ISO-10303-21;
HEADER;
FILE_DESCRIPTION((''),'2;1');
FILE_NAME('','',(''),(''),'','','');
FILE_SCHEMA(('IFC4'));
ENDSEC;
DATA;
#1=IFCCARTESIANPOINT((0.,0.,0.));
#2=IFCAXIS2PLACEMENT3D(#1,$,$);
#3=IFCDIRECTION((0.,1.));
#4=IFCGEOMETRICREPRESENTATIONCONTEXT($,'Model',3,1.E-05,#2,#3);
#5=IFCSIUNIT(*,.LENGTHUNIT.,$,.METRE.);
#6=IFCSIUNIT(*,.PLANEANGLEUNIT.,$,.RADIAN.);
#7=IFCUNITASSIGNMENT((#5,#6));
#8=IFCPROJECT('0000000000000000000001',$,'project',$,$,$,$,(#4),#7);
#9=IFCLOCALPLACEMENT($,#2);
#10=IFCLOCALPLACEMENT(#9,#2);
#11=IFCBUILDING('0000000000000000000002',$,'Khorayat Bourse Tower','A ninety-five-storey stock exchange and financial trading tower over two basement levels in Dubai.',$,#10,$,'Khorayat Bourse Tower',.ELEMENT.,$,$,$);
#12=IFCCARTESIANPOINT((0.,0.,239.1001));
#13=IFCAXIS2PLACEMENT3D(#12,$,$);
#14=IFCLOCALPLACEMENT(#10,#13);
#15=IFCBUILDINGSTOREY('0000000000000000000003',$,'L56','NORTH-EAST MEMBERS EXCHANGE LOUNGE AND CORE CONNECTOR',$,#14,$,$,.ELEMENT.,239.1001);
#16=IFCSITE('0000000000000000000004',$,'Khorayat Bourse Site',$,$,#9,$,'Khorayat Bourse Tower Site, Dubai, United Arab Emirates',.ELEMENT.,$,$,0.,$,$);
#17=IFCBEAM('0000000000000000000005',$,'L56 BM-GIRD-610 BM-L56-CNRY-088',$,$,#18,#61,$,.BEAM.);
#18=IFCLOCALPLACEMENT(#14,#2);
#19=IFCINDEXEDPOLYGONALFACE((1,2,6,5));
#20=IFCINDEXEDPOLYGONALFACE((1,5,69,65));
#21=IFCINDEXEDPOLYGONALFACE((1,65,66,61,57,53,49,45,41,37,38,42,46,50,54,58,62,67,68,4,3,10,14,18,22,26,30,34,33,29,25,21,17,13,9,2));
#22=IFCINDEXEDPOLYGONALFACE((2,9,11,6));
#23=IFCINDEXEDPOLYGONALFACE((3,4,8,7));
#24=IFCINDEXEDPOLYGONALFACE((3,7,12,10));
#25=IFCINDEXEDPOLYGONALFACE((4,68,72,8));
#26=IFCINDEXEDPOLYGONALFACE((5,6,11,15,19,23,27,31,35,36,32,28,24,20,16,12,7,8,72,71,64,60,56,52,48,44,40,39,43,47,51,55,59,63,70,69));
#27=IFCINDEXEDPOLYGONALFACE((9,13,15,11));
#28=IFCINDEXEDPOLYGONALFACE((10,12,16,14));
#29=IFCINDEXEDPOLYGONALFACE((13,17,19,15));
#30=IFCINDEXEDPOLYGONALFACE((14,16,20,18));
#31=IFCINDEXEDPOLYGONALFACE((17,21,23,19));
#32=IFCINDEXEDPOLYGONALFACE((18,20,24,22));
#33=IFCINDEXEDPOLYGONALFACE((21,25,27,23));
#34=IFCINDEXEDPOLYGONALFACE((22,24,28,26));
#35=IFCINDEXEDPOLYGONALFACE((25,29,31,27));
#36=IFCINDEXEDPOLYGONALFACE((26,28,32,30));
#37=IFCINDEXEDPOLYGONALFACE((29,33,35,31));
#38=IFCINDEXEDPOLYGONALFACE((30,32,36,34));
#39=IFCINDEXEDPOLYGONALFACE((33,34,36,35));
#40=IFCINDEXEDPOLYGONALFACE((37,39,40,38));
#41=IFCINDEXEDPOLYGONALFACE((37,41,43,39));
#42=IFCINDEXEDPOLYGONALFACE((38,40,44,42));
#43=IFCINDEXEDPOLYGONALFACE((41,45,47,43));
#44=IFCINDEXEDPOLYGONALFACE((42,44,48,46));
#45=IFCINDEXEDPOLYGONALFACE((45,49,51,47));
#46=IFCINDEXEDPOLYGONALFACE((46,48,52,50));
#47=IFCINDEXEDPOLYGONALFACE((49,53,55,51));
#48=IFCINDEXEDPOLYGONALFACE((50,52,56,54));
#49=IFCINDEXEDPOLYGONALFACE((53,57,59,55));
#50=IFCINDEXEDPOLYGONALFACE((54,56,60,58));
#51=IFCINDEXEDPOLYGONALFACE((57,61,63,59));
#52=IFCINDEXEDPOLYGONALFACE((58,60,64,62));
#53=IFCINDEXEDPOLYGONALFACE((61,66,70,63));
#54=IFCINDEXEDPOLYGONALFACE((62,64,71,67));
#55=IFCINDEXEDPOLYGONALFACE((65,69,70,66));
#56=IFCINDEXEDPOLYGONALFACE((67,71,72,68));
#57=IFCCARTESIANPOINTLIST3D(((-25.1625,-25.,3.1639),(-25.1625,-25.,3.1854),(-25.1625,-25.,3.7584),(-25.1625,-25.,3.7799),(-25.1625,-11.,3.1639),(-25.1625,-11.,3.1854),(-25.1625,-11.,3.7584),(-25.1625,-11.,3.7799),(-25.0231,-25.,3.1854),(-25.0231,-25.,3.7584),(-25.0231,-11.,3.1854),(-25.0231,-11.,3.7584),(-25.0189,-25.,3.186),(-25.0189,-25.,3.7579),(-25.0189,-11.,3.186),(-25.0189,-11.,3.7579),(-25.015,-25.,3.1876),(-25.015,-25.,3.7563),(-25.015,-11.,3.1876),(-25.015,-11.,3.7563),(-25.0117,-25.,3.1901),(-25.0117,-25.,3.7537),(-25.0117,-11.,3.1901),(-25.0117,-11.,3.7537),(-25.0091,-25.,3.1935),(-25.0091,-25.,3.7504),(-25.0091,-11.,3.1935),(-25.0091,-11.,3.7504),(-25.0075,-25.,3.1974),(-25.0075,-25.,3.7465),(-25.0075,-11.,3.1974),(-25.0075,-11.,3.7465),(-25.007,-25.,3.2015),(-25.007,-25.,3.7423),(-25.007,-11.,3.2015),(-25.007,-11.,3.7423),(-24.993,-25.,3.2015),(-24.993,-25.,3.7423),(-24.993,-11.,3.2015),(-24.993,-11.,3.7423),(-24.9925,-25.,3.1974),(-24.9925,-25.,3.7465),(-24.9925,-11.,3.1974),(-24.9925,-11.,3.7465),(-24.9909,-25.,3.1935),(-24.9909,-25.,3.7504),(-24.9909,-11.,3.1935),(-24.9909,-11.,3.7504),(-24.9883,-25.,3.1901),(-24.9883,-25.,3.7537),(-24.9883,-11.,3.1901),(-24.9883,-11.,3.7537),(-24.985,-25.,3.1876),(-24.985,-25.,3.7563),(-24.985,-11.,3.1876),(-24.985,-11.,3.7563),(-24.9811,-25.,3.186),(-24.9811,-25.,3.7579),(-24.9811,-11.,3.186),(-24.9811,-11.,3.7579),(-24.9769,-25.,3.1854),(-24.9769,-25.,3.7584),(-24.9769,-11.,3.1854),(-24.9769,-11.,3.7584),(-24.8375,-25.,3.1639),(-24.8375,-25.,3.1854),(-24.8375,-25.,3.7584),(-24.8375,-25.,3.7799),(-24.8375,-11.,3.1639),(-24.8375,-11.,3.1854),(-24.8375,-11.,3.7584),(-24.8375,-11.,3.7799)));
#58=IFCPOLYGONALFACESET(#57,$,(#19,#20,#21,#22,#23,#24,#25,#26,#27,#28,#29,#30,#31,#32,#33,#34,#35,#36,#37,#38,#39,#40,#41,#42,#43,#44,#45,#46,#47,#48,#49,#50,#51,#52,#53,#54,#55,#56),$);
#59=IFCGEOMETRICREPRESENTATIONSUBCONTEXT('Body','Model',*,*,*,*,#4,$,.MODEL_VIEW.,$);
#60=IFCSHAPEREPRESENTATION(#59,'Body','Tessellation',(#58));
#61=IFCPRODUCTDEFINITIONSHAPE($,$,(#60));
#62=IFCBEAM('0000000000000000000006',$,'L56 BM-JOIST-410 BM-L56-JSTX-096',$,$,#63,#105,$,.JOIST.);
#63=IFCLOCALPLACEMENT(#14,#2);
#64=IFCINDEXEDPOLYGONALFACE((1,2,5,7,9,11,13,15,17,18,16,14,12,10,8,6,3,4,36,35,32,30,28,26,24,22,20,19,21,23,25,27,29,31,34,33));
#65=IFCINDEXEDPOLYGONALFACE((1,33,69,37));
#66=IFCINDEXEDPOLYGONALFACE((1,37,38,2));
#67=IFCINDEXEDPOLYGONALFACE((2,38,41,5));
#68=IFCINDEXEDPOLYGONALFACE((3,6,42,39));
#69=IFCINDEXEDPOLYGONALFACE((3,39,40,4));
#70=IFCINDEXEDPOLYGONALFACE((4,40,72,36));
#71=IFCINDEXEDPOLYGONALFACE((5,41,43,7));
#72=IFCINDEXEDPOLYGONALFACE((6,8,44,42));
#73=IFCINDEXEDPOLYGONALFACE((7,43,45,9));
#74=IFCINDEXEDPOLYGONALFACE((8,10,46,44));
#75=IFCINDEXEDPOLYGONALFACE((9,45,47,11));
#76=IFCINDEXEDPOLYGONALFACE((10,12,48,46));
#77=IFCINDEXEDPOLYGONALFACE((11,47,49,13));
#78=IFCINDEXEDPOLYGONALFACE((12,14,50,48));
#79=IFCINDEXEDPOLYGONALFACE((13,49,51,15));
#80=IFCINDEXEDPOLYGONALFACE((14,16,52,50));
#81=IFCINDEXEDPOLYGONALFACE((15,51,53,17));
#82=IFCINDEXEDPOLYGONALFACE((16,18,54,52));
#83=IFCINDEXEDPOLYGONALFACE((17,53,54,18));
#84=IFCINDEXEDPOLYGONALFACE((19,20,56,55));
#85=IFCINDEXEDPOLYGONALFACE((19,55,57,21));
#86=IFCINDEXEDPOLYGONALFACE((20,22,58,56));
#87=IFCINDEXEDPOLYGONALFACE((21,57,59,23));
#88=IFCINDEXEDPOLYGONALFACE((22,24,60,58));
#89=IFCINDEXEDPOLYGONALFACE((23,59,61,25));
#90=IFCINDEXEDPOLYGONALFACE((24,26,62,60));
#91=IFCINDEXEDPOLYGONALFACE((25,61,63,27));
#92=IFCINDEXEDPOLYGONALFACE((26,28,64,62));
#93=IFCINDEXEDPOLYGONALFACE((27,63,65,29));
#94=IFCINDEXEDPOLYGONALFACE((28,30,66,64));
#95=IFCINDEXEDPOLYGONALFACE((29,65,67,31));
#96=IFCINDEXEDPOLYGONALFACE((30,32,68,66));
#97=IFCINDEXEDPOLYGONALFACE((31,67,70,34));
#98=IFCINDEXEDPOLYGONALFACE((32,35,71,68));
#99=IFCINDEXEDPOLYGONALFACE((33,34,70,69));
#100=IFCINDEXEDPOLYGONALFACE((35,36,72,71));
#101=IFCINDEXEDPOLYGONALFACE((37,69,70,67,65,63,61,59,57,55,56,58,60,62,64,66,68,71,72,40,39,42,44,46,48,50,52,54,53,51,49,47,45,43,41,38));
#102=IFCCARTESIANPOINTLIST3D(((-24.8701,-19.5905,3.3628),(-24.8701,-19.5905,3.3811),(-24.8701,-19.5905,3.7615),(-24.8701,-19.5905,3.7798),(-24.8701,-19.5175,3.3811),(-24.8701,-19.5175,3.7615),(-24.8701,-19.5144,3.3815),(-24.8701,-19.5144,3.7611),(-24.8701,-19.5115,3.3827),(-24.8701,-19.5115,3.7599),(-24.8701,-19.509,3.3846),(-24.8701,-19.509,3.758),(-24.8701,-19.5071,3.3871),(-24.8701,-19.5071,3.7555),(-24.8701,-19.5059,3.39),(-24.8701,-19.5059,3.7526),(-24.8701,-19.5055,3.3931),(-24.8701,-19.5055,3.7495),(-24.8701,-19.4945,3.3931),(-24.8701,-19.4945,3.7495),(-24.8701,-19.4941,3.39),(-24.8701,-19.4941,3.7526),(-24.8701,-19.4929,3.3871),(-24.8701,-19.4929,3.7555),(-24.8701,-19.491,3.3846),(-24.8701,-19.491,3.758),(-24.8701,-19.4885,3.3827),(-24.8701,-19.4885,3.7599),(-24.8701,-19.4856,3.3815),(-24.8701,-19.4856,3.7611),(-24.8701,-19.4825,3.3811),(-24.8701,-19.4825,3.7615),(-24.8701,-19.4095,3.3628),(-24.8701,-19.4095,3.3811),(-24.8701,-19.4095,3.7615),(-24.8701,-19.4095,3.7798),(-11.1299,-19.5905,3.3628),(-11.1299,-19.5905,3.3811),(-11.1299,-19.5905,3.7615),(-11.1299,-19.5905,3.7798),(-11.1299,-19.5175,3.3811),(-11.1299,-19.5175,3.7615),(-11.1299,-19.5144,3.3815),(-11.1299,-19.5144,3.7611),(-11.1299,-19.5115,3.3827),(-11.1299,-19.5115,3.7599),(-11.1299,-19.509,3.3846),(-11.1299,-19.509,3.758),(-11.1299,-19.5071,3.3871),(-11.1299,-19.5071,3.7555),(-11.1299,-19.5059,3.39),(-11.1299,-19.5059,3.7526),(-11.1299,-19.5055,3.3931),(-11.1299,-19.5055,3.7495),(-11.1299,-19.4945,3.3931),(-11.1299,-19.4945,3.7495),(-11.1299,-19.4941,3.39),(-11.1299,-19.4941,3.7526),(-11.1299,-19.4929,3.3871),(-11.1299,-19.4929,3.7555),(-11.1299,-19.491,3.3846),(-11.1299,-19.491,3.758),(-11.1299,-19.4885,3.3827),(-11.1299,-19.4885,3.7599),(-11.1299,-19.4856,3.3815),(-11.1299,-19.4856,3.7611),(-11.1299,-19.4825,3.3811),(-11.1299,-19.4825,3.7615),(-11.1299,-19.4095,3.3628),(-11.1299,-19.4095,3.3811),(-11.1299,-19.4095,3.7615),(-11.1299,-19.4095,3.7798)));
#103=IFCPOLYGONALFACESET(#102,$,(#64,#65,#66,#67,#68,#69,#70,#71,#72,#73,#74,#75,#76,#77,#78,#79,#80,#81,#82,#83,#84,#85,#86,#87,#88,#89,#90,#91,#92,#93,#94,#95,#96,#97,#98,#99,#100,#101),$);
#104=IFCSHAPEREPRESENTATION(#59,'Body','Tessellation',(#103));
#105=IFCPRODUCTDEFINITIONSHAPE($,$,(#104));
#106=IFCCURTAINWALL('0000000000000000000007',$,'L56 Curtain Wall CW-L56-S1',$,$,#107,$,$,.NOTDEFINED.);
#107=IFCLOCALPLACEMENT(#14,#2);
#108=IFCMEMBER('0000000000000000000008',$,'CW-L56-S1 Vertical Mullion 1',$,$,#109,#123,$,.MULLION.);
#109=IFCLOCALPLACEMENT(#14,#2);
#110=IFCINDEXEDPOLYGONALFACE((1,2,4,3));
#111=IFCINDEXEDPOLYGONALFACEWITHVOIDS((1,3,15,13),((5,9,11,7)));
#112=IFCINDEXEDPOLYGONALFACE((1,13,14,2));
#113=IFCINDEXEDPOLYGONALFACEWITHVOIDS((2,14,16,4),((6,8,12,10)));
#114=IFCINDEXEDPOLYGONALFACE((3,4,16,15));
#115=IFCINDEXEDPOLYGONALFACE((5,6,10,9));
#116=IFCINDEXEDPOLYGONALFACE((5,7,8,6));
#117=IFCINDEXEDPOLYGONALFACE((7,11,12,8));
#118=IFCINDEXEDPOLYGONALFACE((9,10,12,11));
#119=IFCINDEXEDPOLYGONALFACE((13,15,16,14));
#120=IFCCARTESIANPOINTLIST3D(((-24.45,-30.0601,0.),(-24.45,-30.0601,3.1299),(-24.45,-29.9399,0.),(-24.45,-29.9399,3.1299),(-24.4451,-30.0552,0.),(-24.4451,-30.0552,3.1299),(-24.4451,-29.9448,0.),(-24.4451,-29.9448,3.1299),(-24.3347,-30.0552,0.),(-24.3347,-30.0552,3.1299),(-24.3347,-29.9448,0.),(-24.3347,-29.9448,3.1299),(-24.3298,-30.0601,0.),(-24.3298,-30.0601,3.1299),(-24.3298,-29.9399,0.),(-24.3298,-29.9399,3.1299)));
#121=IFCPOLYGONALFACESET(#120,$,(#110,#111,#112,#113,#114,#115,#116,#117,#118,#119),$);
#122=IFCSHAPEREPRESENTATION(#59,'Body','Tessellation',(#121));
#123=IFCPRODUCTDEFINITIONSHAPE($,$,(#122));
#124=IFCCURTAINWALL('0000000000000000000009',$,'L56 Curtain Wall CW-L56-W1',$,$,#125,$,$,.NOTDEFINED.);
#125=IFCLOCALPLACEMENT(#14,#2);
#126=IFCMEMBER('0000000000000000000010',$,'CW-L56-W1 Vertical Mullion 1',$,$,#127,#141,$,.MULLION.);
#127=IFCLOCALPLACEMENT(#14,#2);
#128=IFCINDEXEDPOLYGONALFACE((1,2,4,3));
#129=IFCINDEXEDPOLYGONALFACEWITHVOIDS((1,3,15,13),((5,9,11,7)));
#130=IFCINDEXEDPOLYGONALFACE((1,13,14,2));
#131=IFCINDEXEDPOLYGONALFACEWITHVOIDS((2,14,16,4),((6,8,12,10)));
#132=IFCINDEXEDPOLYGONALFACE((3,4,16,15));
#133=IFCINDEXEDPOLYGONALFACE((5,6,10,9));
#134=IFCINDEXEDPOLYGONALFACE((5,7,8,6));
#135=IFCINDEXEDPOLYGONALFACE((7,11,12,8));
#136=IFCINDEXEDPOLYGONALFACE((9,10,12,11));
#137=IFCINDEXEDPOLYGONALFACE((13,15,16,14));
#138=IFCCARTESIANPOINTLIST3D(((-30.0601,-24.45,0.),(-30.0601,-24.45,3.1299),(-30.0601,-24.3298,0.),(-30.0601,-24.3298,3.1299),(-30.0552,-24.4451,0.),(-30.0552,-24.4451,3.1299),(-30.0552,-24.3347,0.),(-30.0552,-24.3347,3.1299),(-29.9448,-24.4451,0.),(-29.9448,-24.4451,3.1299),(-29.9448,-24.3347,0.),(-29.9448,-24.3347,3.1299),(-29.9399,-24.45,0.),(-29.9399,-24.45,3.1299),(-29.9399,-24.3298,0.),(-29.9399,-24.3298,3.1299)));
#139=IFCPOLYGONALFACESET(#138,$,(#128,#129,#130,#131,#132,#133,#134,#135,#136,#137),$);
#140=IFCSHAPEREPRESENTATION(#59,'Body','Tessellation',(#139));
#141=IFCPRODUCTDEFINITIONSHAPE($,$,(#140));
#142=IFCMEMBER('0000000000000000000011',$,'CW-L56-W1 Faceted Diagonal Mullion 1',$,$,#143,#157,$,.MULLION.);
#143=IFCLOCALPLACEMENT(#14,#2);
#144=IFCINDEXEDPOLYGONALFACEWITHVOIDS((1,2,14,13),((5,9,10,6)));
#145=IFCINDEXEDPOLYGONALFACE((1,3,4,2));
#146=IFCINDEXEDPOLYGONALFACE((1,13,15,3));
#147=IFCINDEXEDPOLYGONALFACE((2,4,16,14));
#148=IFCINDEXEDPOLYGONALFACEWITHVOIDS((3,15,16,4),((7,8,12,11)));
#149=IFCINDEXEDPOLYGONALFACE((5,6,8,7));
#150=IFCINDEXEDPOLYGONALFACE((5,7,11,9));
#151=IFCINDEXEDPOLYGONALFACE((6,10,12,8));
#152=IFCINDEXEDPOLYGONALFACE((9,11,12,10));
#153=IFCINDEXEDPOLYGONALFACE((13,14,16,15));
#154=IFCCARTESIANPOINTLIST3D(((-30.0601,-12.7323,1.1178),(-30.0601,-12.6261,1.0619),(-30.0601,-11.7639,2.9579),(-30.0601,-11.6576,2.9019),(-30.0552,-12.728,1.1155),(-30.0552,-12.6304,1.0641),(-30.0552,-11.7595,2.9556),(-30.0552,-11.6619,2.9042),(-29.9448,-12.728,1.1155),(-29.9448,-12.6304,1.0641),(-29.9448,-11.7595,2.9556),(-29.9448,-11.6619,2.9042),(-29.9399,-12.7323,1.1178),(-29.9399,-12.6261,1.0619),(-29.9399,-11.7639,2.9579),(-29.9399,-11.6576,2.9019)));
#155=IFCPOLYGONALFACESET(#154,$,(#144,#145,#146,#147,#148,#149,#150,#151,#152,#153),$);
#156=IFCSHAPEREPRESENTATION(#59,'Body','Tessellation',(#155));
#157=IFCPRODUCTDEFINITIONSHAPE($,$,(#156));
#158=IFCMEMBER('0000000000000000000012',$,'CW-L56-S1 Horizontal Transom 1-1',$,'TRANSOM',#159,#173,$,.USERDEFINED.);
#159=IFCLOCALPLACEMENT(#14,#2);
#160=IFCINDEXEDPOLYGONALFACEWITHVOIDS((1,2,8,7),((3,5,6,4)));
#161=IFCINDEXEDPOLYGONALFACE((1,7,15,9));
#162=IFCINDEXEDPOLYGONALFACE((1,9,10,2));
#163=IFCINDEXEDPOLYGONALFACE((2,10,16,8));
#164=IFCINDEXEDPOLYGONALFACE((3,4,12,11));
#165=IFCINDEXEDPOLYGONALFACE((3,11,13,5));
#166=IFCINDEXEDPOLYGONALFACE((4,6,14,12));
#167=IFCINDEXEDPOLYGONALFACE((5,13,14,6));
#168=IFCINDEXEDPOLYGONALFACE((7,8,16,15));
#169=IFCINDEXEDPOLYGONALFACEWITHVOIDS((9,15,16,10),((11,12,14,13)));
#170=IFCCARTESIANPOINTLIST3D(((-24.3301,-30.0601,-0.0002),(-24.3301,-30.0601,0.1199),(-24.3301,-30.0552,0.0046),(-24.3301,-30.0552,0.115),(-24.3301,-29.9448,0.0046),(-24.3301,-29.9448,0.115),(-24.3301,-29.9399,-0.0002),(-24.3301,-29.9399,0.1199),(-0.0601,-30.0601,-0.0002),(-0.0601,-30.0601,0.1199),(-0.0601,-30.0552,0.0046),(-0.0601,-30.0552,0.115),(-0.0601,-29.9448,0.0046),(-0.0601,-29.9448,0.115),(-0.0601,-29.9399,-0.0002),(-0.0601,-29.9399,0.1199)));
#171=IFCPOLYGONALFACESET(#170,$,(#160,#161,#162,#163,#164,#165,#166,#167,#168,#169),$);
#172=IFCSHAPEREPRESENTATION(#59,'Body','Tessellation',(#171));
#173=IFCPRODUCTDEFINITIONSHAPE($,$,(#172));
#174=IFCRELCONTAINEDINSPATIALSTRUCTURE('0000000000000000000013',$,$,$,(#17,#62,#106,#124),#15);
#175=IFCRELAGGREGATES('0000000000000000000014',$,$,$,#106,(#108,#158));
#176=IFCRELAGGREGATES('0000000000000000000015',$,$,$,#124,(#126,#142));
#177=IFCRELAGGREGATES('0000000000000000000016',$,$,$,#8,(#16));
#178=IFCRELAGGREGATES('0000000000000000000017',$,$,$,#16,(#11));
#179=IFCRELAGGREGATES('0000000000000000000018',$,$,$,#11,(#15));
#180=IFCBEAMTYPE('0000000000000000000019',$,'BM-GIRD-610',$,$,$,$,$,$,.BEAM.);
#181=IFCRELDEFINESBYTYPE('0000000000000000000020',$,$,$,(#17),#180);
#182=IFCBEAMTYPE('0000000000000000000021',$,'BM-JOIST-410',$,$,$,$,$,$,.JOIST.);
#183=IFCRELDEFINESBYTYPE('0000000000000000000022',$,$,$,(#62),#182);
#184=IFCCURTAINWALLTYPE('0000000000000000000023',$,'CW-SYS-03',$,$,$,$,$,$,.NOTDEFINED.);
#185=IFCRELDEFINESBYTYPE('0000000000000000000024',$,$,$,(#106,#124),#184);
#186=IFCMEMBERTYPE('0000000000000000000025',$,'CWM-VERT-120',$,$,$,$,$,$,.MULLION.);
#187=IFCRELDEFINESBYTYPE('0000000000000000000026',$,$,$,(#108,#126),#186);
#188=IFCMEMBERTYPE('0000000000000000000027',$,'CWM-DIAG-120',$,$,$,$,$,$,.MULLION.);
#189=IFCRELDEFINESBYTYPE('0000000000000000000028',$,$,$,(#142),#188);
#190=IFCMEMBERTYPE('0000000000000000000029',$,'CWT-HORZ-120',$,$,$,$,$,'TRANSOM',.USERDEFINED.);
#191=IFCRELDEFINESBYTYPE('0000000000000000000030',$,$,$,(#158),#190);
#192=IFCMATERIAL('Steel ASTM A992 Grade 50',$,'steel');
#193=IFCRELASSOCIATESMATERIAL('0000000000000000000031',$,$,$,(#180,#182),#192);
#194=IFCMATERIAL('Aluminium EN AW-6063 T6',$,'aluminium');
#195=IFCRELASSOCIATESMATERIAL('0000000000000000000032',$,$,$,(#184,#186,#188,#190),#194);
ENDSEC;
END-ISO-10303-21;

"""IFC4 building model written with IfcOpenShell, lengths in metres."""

from ifc_helpers import new_model, si_unit, direction, frame, origin, origin_2d, place, context, subcontext, project, spatial, hollow_rectangle, i_section, extrude, source, transform, mapped, material, material_profile, profile_set, type_object, element, aggregate, save


model = new_model("IFC4")

# Units and contexts
model_context = context("Model", 3, precision=1e-05, world=origin(), true_north=direction((0.0, 1.0)))
body_context = subcontext(model_context, "Body", "Model", "MODEL_VIEW")
ifc_project = project(units=[si_unit("LENGTHUNIT", "METRE"), si_unit("PLANEANGLEUNIT", "RADIAN")], contexts=[model_context])

# Site, building, storey
site_placement = place(None, origin())
site = spatial("IfcSite", under=ifc_project, at=site_placement, Name="Khorayat Bourse Site", LongName="Khorayat Bourse Tower Site, Dubai, United Arab Emirates", CompositionType="ELEMENT", RefElevation=0.0)
building_placement = place(site_placement, origin())
building = spatial("IfcBuilding", under=site, at=building_placement, Name="Khorayat Bourse Tower", Description="A ninety-five-storey stock exchange and financial trading tower over two basement levels in Dubai.", LongName="Khorayat Bourse Tower", CompositionType="ELEMENT")
storey_placement = place(building_placement, frame((0.0, 0.0, 239.1001)))
storey = spatial("IfcBuildingStorey", under=building, at=storey_placement, Name="L56", Description="NORTH-EAST MEMBERS EXCHANGE LOUNGE AND CORE CONNECTOR", CompositionType="ELEMENT", Elevation=239.1001)

# Beams
ifc_material_1 = material(Name="Steel ASTM A992 Grade 50", Category="steel")
ifc_material_profile_1 = material_profile(ifc_material_1, i_section(OverallWidth=0.325, OverallDepth=0.616, WebThickness=0.0139, FlangeThickness=0.0215, FilletRadius=0.0161, at=origin_2d()), Name="W610X174")
ifc_profile_set_1 = profile_set([ifc_material_profile_1], Name="Steel ASTM A992 Grade 50")
beam_type_1 = type_object("IfcBeamType", Name="BM-GIRD-610", PredefinedType="BEAM", material=ifc_profile_set_1)
shared_shape_1 = source(origin(), body_context, "Body", "SweptSolid", [
    extrude(i_section(OverallWidth=0.325, OverallDepth=0.616, WebThickness=0.0139, FlangeThickness=0.0215, FilletRadius=0.0161, at=origin_2d()), origin(), (0.0, 0.0, 1.0), 14.0),
])
beam_1_placement = place(storey_placement, frame((-25.0, -25.0, 3.4719), z_axis=(0.0, 1.0, 0.0), x_axis=(-1.0, 0.0, 0.0)))
element("IfcBeam", 1, at=beam_1_placement, inside=storey, type_object=beam_type_1, Name="L56 BM-GIRD-610 BM-L56-CNRY-088", PredefinedType="BEAM", context=body_context, shape_type="MappedRepresentation", body=[
    mapped(shared_shape_1, transform((0.0, 0.0, 0.0), scale=1.0)),
])
ifc_material_profile_2 = material_profile(ifc_material_1, i_section(OverallWidth=0.1809, OverallDepth=0.417, WebThickness=0.011, FlangeThickness=0.0183, FilletRadius=0.012, at=origin_2d()), Name="W410X85")
ifc_profile_set_2 = profile_set([ifc_material_profile_2], Name="Steel ASTM A992 Grade 50")
beam_type_2 = type_object("IfcBeamType", Name="BM-JOIST-410", PredefinedType="JOIST", material=ifc_profile_set_2)
shared_shape_2 = source(origin(), body_context, "Body", "SweptSolid", [
    extrude(i_section(OverallWidth=0.1809, OverallDepth=0.417, WebThickness=0.011, FlangeThickness=0.0183, FilletRadius=0.012, at=origin_2d()), origin(), (0.0, 0.0, 1.0), 13.7402),
])
beam_2_placement = place(storey_placement, frame((-24.8701, -19.5, 3.5713), z_axis=(1.0, 0.0, 0.0), x_axis=(0.0, 1.0, 0.0)))
element("IfcBeam", 2, at=beam_2_placement, inside=storey, type_object=beam_type_2, Name="L56 BM-JOIST-410 BM-L56-JSTX-096", PredefinedType="JOIST", context=body_context, shape_type="MappedRepresentation", body=[
    mapped(shared_shape_2, transform((0.0, 0.0, 0.0), scale=1.0)),
])

# Curtain wall, member
ifc_material_2 = material(Name="Aluminium EN AW-6063 T6", Category="aluminium")
curtain_wall_type = type_object("IfcCurtainWallType", Name="CW-SYS-03", PredefinedType="NOTDEFINED", material=ifc_material_2)
curtain_wall_1_placement = place(storey_placement, origin())
curtain_wall_1 = element("IfcCurtainWall", 3, at=curtain_wall_1_placement, inside=storey, type_object=curtain_wall_type, Name="L56 Curtain Wall CW-L56-S1", PredefinedType="NOTDEFINED")
ifc_material_profile_3 = material_profile(ifc_material_2, hollow_rectangle(XDim=0.1201, YDim=0.1201, WallThickness=0.0049, at=origin_2d()), Name="ALU 120x120x5")
ifc_profile_set_3 = profile_set([ifc_material_profile_3], Name="Aluminium EN AW-6063 T6")
member_type_1 = type_object("IfcMemberType", Name="CWM-VERT-120", PredefinedType="MULLION", material=ifc_profile_set_3)
shared_shape_3 = source(origin(), body_context, "Body", "SweptSolid", [
    extrude(hollow_rectangle(XDim=0.1201, YDim=0.1201, WallThickness=0.0049, at=origin_2d()), origin(), (0.0, 0.0, 1.0), 3.1299),
])
member_1_placement = place(storey_placement, frame((-24.3899, -30.0, 0.0), z_axis=(0.0, 0.0, 1.0), x_axis=(0.0, 1.0, 0.0)))
member_1 = element("IfcMember", 4, at=member_1_placement, type_object=member_type_1, Name="CW-L56-S1 Vertical Mullion 1", PredefinedType="MULLION", context=body_context, shape_type="MappedRepresentation", body=[
    mapped(shared_shape_3, transform((0.0, 0.0, 0.0), scale=1.0)),
])

# Curtain wall, members
curtain_wall_2_placement = place(storey_placement, origin())
curtain_wall_2 = element("IfcCurtainWall", 5, at=curtain_wall_2_placement, inside=storey, type_object=curtain_wall_type, Name="L56 Curtain Wall CW-L56-W1", PredefinedType="NOTDEFINED")
member_2_placement = place(storey_placement, frame((-30.0, -24.3899, 0.0), z_axis=(0.0, 0.0, 1.0), x_axis=(-1.0, 0.0, 0.0)))
member_2 = element("IfcMember", 6, at=member_2_placement, type_object=member_type_1, Name="CW-L56-W1 Vertical Mullion 1", PredefinedType="MULLION", context=body_context, shape_type="MappedRepresentation", body=[
    mapped(shared_shape_3, transform((0.0, 0.0, 0.0), scale=1.0)),
])
ifc_material_profile_4 = material_profile(ifc_material_2, hollow_rectangle(XDim=0.1201, YDim=0.1201, WallThickness=0.0049, at=origin_2d()), Name="ALU 120x120x5")
ifc_profile_set_4 = profile_set([ifc_material_profile_4], Name="Aluminium EN AW-6063 T6")
member_type_2 = type_object("IfcMemberType", Name="CWM-DIAG-120", PredefinedType="MULLION", material=ifc_profile_set_4)
shared_shape_4 = source(origin(), body_context, "Body", "SweptSolid", [
    extrude(hollow_rectangle(XDim=0.1201, YDim=0.1201, WallThickness=0.0049, at=origin_2d()), origin(), (0.0, 0.0, 1.0), 2.0793),
])
member_3_placement = place(storey_placement, frame((-30.0, -12.6792, 1.0898), z_axis=(0.0, 0.465761, 0.884911), x_axis=(-1.0, 0.0, 0.0)))
member_3 = element("IfcMember", 7, at=member_3_placement, type_object=member_type_2, Name="CW-L56-W1 Faceted Diagonal Mullion 1", PredefinedType="MULLION", context=body_context, shape_type="MappedRepresentation", body=[
    mapped(shared_shape_4, transform((0.0, 0.0, 0.0), scale=1.0)),
])

# Member
ifc_material_profile_5 = material_profile(ifc_material_2, hollow_rectangle(XDim=0.1201, YDim=0.1201, WallThickness=0.0049, at=origin_2d()), Name="ALU 120x120x5")
ifc_profile_set_5 = profile_set([ifc_material_profile_5], Name="Aluminium EN AW-6063 T6")
member_type_3 = type_object("IfcMemberType", Name="CWT-HORZ-120", ElementType="TRANSOM", PredefinedType="USERDEFINED", material=ifc_profile_set_5)
shared_shape_5 = source(origin(), body_context, "Body", "SweptSolid", [
    extrude(hollow_rectangle(XDim=0.1201, YDim=0.1201, WallThickness=0.0049, at=origin_2d()), origin(), (0.0, 0.0, 1.0), 24.27),
])
member_4_placement = place(storey_placement, frame((-24.3301, -30.0, 0.0598), z_axis=(1.0, 0.0, 0.0), x_axis=(0.0, 1.0, 0.0)))
member_4 = element("IfcMember", 8, at=member_4_placement, type_object=member_type_3, Name="CW-L56-S1 Horizontal Transom 1-1", ObjectType="TRANSOM", PredefinedType="USERDEFINED", context=body_context, shape_type="MappedRepresentation", body=[
    mapped(shared_shape_5, transform((0.0, 0.0, 0.0), scale=1.0)),
])
aggregate(curtain_wall_1, [member_1, member_4])

aggregate(curtain_wall_2, [member_2, member_3])

save(model, "model.ifc")
